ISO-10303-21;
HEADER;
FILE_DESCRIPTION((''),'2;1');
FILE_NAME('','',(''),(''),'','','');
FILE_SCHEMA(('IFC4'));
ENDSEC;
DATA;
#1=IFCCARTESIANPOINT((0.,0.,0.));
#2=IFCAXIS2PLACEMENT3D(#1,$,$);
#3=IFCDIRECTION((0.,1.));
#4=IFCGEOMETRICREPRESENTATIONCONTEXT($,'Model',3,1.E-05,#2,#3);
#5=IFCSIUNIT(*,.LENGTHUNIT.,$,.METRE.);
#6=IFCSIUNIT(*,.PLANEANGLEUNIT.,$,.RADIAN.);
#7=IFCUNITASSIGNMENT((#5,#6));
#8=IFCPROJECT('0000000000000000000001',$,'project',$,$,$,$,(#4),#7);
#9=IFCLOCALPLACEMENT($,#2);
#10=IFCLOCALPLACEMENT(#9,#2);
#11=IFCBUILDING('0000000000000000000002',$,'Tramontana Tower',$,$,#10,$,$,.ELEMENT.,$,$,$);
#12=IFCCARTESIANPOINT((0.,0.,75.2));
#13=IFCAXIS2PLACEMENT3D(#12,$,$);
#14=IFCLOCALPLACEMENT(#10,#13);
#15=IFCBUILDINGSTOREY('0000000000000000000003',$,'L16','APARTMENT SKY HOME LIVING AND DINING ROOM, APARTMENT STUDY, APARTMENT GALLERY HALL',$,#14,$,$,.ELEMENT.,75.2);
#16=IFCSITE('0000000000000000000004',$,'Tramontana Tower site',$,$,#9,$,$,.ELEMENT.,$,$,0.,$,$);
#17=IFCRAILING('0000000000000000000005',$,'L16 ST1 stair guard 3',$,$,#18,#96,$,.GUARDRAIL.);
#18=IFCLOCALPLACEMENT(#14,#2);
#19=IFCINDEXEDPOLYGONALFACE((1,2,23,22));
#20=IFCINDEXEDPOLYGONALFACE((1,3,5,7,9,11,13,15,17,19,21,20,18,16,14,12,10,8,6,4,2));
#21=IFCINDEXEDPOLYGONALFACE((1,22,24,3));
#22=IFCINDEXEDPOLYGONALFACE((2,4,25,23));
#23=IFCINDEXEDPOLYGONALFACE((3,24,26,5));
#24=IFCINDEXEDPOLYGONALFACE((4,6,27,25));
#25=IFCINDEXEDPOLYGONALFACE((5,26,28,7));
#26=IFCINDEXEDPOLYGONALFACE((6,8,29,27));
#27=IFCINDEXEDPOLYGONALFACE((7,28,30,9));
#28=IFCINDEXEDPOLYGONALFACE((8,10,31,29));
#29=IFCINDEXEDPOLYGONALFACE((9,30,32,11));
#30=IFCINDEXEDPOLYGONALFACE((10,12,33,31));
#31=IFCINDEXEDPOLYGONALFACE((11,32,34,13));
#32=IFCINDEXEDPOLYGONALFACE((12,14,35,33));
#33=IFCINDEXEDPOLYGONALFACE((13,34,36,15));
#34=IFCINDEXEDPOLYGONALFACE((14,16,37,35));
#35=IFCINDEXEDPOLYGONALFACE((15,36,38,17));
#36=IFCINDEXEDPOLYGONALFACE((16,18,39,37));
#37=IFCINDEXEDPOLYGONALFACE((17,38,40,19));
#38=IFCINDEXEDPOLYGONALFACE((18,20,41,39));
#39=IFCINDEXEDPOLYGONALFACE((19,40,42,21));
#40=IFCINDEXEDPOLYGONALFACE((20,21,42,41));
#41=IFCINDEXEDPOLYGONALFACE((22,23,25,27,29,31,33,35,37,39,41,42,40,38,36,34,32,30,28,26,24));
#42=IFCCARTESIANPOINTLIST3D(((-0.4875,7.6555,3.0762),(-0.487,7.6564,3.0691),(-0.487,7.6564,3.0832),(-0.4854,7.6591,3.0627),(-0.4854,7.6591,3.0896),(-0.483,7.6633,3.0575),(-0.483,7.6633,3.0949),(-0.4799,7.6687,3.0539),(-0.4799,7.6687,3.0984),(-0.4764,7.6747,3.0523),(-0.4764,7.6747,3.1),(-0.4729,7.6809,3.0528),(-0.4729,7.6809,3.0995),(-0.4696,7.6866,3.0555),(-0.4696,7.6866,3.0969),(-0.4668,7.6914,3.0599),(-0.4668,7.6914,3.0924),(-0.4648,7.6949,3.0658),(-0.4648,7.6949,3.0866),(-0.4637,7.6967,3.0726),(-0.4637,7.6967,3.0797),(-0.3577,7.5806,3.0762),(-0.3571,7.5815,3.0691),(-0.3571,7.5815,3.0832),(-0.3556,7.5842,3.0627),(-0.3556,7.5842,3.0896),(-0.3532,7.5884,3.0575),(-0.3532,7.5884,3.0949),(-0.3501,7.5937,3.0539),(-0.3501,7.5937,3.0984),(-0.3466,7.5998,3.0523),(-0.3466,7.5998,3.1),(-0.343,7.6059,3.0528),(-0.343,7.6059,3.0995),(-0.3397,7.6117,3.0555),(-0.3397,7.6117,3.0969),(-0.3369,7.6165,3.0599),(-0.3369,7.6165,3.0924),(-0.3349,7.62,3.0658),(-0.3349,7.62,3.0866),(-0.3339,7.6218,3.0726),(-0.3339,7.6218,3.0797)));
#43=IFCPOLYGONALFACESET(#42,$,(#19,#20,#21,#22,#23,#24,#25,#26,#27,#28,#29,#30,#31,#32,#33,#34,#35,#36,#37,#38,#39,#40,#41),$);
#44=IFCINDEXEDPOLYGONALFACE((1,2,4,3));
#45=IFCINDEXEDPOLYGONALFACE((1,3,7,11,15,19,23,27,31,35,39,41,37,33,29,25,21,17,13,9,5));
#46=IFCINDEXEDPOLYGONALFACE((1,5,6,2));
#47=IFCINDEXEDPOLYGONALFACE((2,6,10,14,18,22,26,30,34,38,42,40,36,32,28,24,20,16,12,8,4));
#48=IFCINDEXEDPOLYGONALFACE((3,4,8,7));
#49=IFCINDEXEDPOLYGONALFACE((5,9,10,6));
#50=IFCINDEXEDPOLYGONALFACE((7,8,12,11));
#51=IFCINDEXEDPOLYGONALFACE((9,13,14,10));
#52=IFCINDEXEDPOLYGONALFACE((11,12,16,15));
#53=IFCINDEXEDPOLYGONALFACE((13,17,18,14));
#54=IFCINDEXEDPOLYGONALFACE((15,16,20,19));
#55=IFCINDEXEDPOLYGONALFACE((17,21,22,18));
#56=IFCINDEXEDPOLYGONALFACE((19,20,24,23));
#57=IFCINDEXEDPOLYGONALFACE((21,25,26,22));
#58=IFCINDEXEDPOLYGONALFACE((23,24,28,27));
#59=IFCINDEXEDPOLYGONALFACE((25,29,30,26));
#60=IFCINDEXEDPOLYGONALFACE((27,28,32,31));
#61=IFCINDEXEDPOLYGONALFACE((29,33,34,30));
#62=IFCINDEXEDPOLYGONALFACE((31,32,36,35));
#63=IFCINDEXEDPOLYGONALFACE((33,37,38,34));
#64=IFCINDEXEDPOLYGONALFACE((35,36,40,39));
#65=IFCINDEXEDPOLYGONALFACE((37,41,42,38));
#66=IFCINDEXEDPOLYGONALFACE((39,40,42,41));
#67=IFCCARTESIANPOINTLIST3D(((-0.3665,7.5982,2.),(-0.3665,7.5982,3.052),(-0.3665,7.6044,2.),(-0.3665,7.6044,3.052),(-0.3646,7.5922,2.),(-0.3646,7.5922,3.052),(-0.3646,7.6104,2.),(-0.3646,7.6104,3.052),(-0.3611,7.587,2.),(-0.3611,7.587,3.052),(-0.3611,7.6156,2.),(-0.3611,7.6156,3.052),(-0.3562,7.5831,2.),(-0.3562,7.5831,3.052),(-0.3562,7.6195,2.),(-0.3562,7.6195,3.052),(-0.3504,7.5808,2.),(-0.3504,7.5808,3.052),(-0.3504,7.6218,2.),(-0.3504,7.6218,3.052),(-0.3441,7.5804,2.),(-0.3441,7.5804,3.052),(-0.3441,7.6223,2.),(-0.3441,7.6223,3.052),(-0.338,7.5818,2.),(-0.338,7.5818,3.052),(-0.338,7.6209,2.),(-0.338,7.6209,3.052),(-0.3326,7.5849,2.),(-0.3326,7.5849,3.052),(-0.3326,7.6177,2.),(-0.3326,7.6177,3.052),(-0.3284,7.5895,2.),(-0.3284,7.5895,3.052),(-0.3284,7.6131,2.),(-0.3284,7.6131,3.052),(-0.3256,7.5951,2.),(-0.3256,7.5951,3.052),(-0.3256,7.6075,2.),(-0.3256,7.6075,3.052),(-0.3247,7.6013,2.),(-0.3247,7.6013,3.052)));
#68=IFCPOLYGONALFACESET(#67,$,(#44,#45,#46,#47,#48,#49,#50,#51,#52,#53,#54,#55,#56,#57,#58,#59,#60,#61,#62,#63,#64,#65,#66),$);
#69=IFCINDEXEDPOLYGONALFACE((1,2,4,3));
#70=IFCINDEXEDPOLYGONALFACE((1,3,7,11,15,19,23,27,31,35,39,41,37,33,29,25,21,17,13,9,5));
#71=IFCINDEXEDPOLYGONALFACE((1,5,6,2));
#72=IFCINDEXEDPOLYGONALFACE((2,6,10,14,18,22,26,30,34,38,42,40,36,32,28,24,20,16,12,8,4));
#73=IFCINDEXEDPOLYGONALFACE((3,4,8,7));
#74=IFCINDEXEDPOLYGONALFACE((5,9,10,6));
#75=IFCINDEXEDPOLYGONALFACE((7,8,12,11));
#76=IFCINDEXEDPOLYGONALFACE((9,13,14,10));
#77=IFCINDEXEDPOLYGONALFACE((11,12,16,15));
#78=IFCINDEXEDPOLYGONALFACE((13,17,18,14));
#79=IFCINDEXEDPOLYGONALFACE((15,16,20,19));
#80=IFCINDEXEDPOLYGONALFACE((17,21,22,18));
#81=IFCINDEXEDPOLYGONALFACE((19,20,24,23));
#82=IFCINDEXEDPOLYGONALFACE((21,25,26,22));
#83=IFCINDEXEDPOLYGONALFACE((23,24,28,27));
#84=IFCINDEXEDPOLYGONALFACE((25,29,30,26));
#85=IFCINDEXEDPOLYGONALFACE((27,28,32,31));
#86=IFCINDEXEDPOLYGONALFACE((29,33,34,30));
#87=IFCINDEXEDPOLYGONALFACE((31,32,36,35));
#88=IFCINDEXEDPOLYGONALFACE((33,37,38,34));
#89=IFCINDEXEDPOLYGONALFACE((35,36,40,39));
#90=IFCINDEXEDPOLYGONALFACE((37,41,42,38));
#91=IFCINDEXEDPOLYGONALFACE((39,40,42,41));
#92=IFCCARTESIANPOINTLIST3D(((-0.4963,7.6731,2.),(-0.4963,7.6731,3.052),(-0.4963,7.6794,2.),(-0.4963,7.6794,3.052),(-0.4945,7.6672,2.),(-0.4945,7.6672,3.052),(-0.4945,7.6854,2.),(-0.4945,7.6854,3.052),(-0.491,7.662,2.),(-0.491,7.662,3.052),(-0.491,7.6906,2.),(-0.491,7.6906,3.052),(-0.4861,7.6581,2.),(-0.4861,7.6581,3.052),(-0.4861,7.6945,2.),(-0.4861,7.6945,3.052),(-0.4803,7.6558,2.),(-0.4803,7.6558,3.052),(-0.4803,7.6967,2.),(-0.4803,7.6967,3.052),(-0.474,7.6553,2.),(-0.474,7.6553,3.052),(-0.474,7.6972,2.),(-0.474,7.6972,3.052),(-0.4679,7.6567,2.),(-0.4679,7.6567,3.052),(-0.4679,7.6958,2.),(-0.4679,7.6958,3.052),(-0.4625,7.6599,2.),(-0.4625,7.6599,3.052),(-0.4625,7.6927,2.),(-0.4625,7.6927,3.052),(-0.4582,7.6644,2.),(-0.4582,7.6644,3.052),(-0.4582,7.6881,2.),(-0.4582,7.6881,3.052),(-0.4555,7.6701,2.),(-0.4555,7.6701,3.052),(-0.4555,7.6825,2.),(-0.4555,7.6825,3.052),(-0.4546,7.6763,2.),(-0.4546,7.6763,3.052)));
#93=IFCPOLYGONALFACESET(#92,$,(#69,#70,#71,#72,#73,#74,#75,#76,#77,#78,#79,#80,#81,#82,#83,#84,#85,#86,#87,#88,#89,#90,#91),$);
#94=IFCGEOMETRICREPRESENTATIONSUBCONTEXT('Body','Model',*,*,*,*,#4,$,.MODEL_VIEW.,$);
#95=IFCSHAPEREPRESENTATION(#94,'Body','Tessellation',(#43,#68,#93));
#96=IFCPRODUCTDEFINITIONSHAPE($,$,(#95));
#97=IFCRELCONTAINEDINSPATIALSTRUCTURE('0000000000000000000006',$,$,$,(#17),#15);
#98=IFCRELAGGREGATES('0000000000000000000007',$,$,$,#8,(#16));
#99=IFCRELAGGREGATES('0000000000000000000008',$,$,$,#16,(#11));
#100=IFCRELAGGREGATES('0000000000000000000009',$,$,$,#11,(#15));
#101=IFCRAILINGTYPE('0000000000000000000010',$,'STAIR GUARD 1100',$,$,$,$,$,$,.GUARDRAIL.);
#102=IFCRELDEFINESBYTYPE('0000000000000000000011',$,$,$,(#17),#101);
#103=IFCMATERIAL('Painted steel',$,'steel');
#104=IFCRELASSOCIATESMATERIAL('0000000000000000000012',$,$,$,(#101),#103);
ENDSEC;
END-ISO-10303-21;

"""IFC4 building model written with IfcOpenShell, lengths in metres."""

from ifc_helpers import new_model, si_unit, direction, frame, origin, origin_2d, place, context, subcontext, project, spatial, circle, extrude, material, type_object, element, save


model = new_model("IFC4")

# Units and contexts
model_context = context("Model", 3, precision=1e-05, world=origin(), true_north=direction((0.0, 1.0)))
body_context = subcontext(model_context, "Body", "Model", "MODEL_VIEW")
ifc_project = project(units=[si_unit("LENGTHUNIT", "METRE"), si_unit("PLANEANGLEUNIT", "RADIAN")], contexts=[model_context])

# Site, building, storey
site_placement = place(None, origin())
site = spatial("IfcSite", under=ifc_project, at=site_placement, Name="Tramontana Tower site", CompositionType="ELEMENT", RefElevation=0.0)
building_placement = place(site_placement, origin())
building = spatial("IfcBuilding", under=site, at=building_placement, Name="Tramontana Tower", CompositionType="ELEMENT")
storey_placement = place(building_placement, frame((0.0, 0.0, 75.2)))
storey = spatial("IfcBuildingStorey", under=building, at=storey_placement, Name="L16", Description="APARTMENT SKY HOME LIVING AND DINING ROOM, APARTMENT STUDY, APARTMENT GALLERY HALL", CompositionType="ELEMENT", Elevation=75.2)

# Railing
ifc_material_1 = material(Name="Painted steel", Category="steel")
railing_type_1 = type_object("IfcRailingType", Name="STAIR GUARD 1100", PredefinedType="GUARDRAIL", material=ifc_material_1)
railing_1_placement = place(storey_placement, frame((-0.3457, 7.6013, 2.0)))
element("IfcRailing", 1, at=railing_1_placement, inside=storey, type_object=railing_type_1, Name="L16 ST1 stair guard 3", PredefinedType="GUARDRAIL", context=body_context, shape_type="SweptSolid", body=[
    extrude(circle(Radius=0.0239, at=origin_2d()), frame((0.0, 0.0, 1.0762), z_axis=(-0.866131, 0.499816, 0.0), x_axis=(-0.499816, -0.866131, 0.0)), (0.0, 0.0, 1.0), 0.1499),
    extrude(circle(Radius=0.021, at=origin_2d()), origin(), (0.0, 0.0, 1.0), 1.052),
    extrude(circle(Radius=0.021, at=origin_2d()), frame((-0.1299, 0.075, 0.0)), (0.0, 0.0, 1.0), 1.052),
])

save(model, "model.ifc")
